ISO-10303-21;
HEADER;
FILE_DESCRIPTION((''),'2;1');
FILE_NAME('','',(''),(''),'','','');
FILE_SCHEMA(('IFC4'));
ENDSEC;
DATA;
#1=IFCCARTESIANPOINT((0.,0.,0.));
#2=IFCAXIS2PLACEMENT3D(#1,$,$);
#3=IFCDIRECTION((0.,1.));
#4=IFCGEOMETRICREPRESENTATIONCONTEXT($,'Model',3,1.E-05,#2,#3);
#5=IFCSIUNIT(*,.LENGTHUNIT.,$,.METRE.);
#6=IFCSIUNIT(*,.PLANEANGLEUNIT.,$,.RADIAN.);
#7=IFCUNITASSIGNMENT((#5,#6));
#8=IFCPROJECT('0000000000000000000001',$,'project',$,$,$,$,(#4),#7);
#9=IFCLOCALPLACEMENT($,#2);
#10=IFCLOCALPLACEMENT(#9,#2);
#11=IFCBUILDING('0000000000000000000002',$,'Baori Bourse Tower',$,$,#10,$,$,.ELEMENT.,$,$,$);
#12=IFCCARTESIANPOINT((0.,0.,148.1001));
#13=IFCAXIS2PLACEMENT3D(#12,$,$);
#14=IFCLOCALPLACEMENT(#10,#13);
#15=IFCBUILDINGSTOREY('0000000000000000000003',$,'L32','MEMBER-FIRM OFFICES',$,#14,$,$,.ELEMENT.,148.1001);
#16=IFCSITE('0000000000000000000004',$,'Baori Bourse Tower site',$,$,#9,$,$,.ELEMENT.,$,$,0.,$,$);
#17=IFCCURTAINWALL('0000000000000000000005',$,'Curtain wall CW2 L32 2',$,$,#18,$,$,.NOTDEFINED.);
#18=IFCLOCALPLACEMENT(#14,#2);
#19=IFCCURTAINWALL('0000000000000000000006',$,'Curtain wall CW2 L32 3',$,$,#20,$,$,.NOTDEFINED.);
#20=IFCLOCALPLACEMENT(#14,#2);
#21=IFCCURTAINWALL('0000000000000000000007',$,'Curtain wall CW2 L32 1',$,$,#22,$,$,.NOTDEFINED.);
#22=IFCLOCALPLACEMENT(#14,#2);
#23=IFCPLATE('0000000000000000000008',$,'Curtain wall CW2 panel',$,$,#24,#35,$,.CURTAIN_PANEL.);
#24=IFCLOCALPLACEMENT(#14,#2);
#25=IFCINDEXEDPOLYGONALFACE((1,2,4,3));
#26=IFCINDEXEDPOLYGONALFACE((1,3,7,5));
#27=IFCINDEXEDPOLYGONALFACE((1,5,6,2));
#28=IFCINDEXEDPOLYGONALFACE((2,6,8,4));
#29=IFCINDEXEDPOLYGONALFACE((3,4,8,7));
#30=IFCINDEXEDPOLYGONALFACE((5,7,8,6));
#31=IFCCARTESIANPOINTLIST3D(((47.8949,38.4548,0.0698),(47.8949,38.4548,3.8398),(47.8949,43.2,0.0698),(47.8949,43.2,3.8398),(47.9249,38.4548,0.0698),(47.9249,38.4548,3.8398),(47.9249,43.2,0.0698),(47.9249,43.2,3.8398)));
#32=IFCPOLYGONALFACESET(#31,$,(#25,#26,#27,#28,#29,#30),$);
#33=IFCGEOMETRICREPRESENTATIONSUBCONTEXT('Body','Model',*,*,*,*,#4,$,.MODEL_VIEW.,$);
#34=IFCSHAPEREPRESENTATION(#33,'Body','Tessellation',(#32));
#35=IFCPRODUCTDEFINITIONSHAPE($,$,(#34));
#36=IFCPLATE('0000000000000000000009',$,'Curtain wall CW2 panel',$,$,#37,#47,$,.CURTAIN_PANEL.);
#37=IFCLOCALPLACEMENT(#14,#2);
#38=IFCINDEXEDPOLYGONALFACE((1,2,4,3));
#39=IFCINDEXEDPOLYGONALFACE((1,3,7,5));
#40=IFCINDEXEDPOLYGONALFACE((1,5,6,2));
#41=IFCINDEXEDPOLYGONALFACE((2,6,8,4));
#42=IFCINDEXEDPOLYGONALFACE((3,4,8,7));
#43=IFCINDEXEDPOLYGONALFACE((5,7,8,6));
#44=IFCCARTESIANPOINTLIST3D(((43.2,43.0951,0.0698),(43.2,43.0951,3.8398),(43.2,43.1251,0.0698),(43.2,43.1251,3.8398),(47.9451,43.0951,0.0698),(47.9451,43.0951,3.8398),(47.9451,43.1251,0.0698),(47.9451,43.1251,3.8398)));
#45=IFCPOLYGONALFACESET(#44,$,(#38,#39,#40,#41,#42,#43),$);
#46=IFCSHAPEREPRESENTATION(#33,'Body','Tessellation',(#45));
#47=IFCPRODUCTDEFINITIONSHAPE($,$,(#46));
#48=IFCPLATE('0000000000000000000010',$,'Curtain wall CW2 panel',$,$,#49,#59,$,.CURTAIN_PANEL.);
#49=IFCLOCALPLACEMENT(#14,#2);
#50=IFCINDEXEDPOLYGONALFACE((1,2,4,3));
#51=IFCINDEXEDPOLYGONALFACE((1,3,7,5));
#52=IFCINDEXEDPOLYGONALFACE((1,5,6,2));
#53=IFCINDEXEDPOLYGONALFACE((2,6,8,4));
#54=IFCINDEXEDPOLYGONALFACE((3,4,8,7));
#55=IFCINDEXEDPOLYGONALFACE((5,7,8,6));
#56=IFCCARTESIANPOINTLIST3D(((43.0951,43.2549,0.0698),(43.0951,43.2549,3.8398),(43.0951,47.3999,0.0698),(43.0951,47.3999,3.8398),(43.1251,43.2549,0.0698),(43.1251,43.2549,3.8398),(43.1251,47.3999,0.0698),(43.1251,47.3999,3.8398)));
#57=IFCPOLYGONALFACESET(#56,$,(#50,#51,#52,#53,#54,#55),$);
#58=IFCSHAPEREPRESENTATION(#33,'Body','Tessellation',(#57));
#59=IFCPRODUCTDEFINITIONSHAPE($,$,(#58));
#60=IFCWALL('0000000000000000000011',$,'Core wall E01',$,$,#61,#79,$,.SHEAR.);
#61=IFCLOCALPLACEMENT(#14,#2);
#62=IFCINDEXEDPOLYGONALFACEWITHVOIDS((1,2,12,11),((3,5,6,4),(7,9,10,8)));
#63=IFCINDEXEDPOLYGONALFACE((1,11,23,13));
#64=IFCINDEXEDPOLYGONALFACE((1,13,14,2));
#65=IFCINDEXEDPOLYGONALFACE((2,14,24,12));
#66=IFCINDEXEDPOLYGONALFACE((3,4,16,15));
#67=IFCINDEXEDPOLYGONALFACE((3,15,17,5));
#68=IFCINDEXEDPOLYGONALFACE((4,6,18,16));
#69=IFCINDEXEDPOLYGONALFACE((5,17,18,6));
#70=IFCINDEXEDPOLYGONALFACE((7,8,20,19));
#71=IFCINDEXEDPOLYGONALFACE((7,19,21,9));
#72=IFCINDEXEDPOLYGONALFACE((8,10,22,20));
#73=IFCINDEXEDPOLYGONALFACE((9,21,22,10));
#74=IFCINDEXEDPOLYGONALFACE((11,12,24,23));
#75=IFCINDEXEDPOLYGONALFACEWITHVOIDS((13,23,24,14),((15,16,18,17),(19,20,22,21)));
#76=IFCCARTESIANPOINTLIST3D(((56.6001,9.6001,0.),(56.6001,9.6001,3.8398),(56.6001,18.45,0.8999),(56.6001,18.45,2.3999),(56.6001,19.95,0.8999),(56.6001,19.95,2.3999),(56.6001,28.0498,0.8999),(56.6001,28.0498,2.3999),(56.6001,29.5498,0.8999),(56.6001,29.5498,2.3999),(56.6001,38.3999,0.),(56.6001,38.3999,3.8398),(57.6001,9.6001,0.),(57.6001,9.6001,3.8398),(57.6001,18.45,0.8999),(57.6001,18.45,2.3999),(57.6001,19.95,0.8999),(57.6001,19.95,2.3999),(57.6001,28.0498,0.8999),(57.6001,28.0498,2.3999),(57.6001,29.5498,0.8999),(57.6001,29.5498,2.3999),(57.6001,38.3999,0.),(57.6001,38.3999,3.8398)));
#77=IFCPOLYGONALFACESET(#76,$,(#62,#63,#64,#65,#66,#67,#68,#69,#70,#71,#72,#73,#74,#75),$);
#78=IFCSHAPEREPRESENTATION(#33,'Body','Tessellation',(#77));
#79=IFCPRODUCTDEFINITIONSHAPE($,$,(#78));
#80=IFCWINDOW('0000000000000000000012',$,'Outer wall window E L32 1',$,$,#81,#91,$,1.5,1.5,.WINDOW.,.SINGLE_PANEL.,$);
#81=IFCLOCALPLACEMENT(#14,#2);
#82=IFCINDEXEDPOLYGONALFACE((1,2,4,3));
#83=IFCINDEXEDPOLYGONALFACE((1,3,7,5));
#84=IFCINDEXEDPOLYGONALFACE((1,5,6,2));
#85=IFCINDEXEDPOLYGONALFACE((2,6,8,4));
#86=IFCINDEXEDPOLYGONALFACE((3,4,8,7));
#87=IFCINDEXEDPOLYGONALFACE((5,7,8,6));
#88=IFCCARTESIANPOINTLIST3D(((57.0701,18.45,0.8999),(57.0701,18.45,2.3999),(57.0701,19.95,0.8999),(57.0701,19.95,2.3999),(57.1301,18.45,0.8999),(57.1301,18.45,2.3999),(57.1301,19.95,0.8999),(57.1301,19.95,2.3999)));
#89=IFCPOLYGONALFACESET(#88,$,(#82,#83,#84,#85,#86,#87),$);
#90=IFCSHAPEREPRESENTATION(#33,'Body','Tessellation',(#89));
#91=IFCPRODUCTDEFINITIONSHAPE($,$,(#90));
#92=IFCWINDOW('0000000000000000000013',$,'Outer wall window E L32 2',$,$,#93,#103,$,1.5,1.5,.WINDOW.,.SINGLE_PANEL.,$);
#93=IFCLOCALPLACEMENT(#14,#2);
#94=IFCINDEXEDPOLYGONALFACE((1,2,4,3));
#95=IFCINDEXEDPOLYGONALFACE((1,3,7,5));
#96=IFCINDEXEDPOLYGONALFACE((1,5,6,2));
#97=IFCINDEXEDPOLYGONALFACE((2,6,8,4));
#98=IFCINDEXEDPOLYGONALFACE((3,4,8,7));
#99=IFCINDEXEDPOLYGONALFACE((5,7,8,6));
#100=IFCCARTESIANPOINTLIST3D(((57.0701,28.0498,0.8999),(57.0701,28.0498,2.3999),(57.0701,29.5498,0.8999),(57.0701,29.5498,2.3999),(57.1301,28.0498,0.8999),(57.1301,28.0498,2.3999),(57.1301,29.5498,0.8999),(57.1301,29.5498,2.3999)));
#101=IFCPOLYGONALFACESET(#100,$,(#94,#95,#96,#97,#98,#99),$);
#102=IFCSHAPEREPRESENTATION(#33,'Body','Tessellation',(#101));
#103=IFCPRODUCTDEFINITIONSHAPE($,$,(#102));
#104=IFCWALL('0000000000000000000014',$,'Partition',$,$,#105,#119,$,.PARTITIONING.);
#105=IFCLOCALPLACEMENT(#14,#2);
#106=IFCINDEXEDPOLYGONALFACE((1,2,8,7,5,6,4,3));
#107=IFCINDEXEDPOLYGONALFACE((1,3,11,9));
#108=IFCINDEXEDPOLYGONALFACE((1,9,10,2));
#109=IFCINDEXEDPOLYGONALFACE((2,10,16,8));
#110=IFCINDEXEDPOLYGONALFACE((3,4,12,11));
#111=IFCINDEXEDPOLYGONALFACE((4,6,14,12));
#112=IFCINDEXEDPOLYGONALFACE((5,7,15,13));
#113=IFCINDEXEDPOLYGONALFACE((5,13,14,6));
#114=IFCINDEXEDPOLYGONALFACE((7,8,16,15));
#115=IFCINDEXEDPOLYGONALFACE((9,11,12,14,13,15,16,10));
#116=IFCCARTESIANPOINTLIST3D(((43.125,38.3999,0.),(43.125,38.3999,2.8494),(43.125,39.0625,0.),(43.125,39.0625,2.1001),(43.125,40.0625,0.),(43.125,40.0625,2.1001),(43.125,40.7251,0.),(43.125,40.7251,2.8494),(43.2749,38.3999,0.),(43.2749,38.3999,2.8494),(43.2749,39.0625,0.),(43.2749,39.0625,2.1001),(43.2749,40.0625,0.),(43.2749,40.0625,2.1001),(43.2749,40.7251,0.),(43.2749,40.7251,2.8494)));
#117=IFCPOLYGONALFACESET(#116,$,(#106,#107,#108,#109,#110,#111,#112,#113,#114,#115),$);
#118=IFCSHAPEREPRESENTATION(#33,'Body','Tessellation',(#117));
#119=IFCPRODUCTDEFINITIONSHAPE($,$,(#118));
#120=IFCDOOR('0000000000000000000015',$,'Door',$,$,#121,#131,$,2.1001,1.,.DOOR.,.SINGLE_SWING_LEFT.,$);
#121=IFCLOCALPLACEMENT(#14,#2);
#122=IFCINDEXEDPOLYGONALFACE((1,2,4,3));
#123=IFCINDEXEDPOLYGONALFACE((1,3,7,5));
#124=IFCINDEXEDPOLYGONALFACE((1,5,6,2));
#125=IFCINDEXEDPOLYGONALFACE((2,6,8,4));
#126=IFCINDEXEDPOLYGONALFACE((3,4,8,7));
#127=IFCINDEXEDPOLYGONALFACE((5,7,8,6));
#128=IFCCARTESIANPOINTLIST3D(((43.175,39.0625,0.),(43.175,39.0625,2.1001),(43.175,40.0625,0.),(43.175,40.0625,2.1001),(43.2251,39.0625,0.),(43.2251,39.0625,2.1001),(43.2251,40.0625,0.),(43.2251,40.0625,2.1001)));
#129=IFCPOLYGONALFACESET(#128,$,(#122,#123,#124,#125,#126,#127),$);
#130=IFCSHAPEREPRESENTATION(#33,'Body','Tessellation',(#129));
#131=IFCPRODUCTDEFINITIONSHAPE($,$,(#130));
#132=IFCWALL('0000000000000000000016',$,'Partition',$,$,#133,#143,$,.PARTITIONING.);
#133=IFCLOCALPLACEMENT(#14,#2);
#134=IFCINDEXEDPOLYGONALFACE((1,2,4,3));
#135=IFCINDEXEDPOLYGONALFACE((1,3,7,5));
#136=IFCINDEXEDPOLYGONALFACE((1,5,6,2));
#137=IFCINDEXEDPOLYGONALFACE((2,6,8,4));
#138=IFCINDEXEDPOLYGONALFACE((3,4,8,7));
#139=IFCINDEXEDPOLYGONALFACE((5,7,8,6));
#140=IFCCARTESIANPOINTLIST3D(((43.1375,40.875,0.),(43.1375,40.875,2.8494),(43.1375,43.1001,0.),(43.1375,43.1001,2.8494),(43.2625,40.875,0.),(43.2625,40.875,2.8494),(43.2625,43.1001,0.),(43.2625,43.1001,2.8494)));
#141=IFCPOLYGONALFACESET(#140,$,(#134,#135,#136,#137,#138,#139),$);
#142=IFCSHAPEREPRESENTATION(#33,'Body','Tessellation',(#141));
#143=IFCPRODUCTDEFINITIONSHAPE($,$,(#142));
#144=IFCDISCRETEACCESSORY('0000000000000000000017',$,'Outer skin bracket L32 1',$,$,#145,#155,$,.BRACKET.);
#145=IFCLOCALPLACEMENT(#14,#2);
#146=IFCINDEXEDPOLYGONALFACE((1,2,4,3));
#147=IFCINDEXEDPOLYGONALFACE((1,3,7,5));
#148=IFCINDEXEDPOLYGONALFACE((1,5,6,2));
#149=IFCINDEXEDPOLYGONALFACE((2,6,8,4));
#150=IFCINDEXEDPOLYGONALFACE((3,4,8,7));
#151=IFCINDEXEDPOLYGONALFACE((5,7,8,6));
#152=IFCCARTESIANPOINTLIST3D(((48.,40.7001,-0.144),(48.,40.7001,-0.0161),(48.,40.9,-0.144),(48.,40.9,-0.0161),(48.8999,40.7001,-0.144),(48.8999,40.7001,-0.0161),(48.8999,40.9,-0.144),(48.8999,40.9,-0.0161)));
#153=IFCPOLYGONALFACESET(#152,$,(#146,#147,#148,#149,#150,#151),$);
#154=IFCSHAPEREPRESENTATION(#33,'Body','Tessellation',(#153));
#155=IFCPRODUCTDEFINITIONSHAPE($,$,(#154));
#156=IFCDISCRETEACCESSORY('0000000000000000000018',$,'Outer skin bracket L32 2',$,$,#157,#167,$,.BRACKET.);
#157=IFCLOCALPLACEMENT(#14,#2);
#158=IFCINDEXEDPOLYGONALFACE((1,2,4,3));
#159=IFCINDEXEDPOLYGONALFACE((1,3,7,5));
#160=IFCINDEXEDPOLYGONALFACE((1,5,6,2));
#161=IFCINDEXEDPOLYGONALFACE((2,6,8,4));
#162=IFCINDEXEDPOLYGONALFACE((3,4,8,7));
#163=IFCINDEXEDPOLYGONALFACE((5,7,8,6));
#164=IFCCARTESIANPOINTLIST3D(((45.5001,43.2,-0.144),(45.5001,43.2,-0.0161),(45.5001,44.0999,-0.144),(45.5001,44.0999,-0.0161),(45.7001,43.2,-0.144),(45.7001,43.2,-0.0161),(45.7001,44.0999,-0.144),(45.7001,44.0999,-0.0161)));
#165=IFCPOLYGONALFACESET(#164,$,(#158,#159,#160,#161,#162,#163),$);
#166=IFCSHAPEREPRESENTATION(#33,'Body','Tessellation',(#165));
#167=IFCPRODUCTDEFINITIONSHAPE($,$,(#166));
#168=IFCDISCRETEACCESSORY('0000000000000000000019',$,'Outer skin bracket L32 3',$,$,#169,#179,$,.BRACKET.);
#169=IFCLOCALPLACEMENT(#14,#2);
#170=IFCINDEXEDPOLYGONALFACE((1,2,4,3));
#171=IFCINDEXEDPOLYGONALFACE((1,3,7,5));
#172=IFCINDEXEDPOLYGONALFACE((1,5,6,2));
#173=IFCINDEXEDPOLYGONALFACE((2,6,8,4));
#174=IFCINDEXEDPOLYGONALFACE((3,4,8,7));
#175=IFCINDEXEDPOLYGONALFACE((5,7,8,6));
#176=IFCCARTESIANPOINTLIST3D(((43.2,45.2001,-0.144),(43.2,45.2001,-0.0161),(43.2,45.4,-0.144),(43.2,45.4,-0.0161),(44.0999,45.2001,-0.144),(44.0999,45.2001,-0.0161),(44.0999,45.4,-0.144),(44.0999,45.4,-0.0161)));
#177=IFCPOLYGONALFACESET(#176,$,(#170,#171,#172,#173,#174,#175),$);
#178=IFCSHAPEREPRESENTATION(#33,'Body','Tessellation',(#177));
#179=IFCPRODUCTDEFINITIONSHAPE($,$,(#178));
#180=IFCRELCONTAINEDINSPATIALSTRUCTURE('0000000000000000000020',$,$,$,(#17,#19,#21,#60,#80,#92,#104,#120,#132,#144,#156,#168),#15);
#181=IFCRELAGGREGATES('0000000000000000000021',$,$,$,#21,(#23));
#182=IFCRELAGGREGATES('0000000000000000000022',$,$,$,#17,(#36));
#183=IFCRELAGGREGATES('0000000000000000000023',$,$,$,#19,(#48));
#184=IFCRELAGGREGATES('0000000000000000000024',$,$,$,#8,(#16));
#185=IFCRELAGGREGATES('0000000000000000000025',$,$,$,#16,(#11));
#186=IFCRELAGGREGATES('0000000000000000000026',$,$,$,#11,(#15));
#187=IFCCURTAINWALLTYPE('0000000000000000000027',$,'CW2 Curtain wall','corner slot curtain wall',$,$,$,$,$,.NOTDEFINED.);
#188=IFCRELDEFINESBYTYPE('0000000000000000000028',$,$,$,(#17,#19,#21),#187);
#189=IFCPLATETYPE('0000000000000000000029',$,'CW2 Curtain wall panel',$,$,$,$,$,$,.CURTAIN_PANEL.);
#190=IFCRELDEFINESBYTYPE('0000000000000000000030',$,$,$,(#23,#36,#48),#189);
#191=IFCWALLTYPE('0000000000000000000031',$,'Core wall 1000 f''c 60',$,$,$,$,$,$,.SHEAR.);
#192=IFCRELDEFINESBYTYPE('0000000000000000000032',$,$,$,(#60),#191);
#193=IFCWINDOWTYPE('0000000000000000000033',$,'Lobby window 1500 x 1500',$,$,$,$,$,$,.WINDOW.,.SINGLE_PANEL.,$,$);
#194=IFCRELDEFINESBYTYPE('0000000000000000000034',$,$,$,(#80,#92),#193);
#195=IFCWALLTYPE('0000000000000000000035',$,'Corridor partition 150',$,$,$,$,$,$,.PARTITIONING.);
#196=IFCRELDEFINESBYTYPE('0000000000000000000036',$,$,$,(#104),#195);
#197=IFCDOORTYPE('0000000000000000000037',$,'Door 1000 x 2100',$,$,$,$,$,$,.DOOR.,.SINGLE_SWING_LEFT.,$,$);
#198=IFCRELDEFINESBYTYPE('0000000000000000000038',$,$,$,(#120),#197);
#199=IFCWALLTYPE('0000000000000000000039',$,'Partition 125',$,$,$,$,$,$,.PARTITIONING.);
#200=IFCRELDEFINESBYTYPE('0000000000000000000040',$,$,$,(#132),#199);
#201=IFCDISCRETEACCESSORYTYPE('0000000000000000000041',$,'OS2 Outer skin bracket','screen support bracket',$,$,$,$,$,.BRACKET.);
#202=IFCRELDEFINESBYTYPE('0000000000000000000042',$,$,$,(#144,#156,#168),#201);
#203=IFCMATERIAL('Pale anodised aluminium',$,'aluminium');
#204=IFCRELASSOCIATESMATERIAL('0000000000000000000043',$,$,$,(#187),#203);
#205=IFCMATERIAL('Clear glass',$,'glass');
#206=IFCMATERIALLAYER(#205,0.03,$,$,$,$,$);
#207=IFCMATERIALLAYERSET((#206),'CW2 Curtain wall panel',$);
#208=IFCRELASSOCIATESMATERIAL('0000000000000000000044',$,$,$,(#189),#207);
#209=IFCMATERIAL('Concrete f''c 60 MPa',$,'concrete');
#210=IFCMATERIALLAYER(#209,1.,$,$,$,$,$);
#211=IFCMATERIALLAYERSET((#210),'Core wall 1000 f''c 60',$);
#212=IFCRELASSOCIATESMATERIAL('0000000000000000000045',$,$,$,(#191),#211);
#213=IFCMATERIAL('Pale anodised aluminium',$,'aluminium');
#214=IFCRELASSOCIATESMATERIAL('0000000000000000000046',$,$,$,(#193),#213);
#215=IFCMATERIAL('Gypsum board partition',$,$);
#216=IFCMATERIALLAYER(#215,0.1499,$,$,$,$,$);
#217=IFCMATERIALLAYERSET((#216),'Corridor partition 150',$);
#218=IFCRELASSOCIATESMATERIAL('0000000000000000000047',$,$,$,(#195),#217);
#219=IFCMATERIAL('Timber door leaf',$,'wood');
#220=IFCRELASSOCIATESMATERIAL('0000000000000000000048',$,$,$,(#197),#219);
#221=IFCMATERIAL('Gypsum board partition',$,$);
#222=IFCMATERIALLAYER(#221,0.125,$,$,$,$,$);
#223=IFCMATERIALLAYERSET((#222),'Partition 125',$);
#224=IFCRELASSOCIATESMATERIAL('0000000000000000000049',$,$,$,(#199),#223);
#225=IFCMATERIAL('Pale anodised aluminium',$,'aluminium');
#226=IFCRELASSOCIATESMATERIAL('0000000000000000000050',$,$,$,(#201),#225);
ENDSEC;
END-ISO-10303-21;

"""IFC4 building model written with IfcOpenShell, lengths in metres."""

from ifc_helpers import new_model, si_unit, direction, frame, frame_2d, origin, origin_2d, place, context, subcontext, project, spatial, rectangle, extrude, material, layer, layer_set, type_object, element, fill, aggregate, save


model = new_model("IFC4")

# Units and contexts
model_context = context("Model", 3, precision=1e-05, world=origin(), true_north=direction((0.0, 1.0)))
body_context = subcontext(model_context, "Body", "Model", "MODEL_VIEW")
ifc_project = project(units=[si_unit("LENGTHUNIT", "METRE"), si_unit("PLANEANGLEUNIT", "RADIAN")], contexts=[model_context])

# Site, building, storey
site_placement = place(None, origin())
site = spatial("IfcSite", under=ifc_project, at=site_placement, Name="Baori Bourse Tower site", CompositionType="ELEMENT", RefElevation=0.0)
building_placement = place(site_placement, origin())
building = spatial("IfcBuilding", under=site, at=building_placement, Name="Baori Bourse Tower", CompositionType="ELEMENT")
storey_placement = place(building_placement, frame((0.0, 0.0, 148.1001)))
storey = spatial("IfcBuildingStorey", under=building, at=storey_placement, Name="L32", Description="MEMBER-FIRM OFFICES", CompositionType="ELEMENT", Elevation=148.1001)

# Curtain walls
ifc_material_1 = material(Name="Pale anodised aluminium", Category="aluminium")
curtain_wall_type_1 = type_object("IfcCurtainWallType", Name="CW2 Curtain wall", Description="corner slot curtain wall", PredefinedType="NOTDEFINED", material=ifc_material_1)
curtain_wall_1_placement = place(storey_placement, origin())
curtain_wall_1 = element("IfcCurtainWall", 1, at=curtain_wall_1_placement, inside=storey, type_object=curtain_wall_type_1, Name="Curtain wall CW2 L32 2", PredefinedType="NOTDEFINED")
curtain_wall_2_placement = place(storey_placement, origin())
curtain_wall_2 = element("IfcCurtainWall", 2, at=curtain_wall_2_placement, inside=storey, type_object=curtain_wall_type_1, Name="Curtain wall CW2 L32 3", PredefinedType="NOTDEFINED")
curtain_wall_3_placement = place(storey_placement, origin())
curtain_wall_3 = element("IfcCurtainWall", 3, at=curtain_wall_3_placement, inside=storey, type_object=curtain_wall_type_1, Name="Curtain wall CW2 L32 1", PredefinedType="NOTDEFINED")

# Plates
ifc_material_2 = material(Name="Clear glass", Category="glass")
ifc_layer_1 = layer(ifc_material_2, 0.03)
ifc_layer_set_1 = layer_set([ifc_layer_1], Name="CW2 Curtain wall panel")
plate_type = type_object("IfcPlateType", Name="CW2 Curtain wall panel", PredefinedType="CURTAIN_PANEL", material=ifc_layer_set_1)
plate_1_placement = place(storey_placement, frame((47.9099, 40.8274, 0.0698), z_axis=(0.0, 0.0, 1.0), x_axis=(0.0, 1.0, 0.0)))
plate_1 = element("IfcPlate", 4, at=plate_1_placement, type_object=plate_type, Name="Curtain wall CW2 panel", PredefinedType="CURTAIN_PANEL", context=body_context, shape_type="SweptSolid", body=[
    extrude(rectangle(XDim=4.7451, YDim=0.03, at=origin_2d()), origin(), (0.0, 0.0, 1.0), 3.77),
])
aggregate(curtain_wall_3, [plate_1])
plate_2_placement = place(storey_placement, frame((45.5725, 43.1101, 0.0698), z_axis=(0.0, 0.0, 1.0), x_axis=(-1.0, 0.0, 0.0)))
plate_2 = element("IfcPlate", 5, at=plate_2_placement, type_object=plate_type, Name="Curtain wall CW2 panel", PredefinedType="CURTAIN_PANEL", context=body_context, shape_type="SweptSolid", body=[
    extrude(rectangle(XDim=4.7451, YDim=0.03, at=origin_2d()), origin(), (0.0, 0.0, 1.0), 3.77),
])
aggregate(curtain_wall_1, [plate_2])
plate_3_placement = place(storey_placement, frame((43.1101, 45.3274, 0.0698), z_axis=(0.0, 0.0, 1.0), x_axis=(0.0, 1.0, 0.0)))
plate_3 = element("IfcPlate", 6, at=plate_3_placement, type_object=plate_type, Name="Curtain wall CW2 panel", PredefinedType="CURTAIN_PANEL", context=body_context, shape_type="SweptSolid", body=[
    extrude(rectangle(XDim=4.145, YDim=0.03, at=origin_2d()), origin(), (0.0, 0.0, 1.0), 3.77),
])
aggregate(curtain_wall_2, [plate_3])

# Wall, openings, windows
ifc_material_3 = material(Name="Concrete f'c 60 MPa", Category="concrete")
ifc_layer_2 = layer(ifc_material_3, 1.0)
ifc_layer_set_2 = layer_set([ifc_layer_2], Name="Core wall 1000 f'c 60")
wall_type_1 = type_object("IfcWallType", Name="Core wall 1000 f'c 60", PredefinedType="SHEAR", material=ifc_layer_set_2)
wall_1_placement = place(storey_placement, frame((57.1001, 38.3999, 0.0), z_axis=(0.0, 0.0, 1.0), x_axis=(0.0, -1.0, 0.0)))
wall_1 = element("IfcWall", 7, at=wall_1_placement, inside=storey, type_object=wall_type_1, Name="Core wall E01", PredefinedType="SHEAR", context=body_context, shape_type="SweptSolid", body=[
    extrude(rectangle(XDim=28.7998, YDim=1.0, at=frame_2d((14.3999, 0.0))), origin(), (0.0, 0.0, 1.0), 3.8398),
])
opening_1_placement = place(wall_1_placement, frame((18.45, 0.0, 0.8999)))
opening_1 = element("IfcOpeningElement", 8, at=opening_1_placement, cuts=wall_1, PredefinedType="OPENING", context=body_context, shape_type="SweptSolid", body=[
    extrude(rectangle(XDim=1.5, YDim=1.5, at=frame_2d((0.75, 0.75))), frame((0.0, 0.51, 0.0), z_axis=(0.0, -1.0, 0.0), x_axis=(1.0, 0.0, 0.0)), (0.0, 0.0, 1.0), 1.02),
])
opening_2_placement = place(wall_1_placement, frame((8.8501, 0.0, 0.8999)))
opening_2 = element("IfcOpeningElement", 9, at=opening_2_placement, cuts=wall_1, PredefinedType="OPENING", context=body_context, shape_type="SweptSolid", body=[
    extrude(rectangle(XDim=1.5, YDim=1.5, at=frame_2d((0.75, 0.75))), frame((0.0, 0.51, 0.0), z_axis=(0.0, -1.0, 0.0), x_axis=(1.0, 0.0, 0.0)), (0.0, 0.0, 1.0), 1.02),
])
ifc_material_4 = material(Name="Pale anodised aluminium", Category="aluminium")
window_type = type_object("IfcWindowType", Name="Lobby window 1500 x 1500", PartitioningType="SINGLE_PANEL", PredefinedType="WINDOW", material=ifc_material_4)
window_1_placement = place(opening_1_placement, origin())
window_1 = element("IfcWindow", 10, at=window_1_placement, inside=storey, type_object=window_type, Name="Outer wall window E L32 1", OverallHeight=1.5, OverallWidth=1.5, PartitioningType="SINGLE_PANEL", PredefinedType="WINDOW", context=body_context, shape_type="SweptSolid", body=[
    extrude(rectangle(XDim=1.5, YDim=1.5, at=frame_2d((0.75, 0.75))), frame((0.0, 0.03, 0.0), z_axis=(0.0, -1.0, 0.0), x_axis=(1.0, 0.0, 0.0)), (0.0, 0.0, 1.0), 0.0601),
])
fill(opening_1, window_1)
window_2_placement = place(opening_2_placement, origin())
window_2 = element("IfcWindow", 11, at=window_2_placement, inside=storey, type_object=window_type, Name="Outer wall window E L32 2", OverallHeight=1.5, OverallWidth=1.5, PartitioningType="SINGLE_PANEL", PredefinedType="WINDOW", context=body_context, shape_type="SweptSolid", body=[
    extrude(rectangle(XDim=1.5, YDim=1.5, at=frame_2d((0.75, 0.75))), frame((0.0, 0.03, 0.0), z_axis=(0.0, -1.0, 0.0), x_axis=(1.0, 0.0, 0.0)), (0.0, 0.0, 1.0), 0.0601),
])
fill(opening_2, window_2)

# Wall, opening, door
ifc_material_5 = material(Name="Gypsum board partition")
ifc_layer_3 = layer(ifc_material_5, 0.1499)
ifc_layer_set_3 = layer_set([ifc_layer_3], Name="Corridor partition 150")
wall_type_2 = type_object("IfcWallType", Name="Corridor partition 150", PredefinedType="PARTITIONING", material=ifc_layer_set_3)
wall_2_placement = place(storey_placement, frame((43.2, 38.3999, 0.0), z_axis=(0.0, 0.0, 1.0), x_axis=(0.0, 1.0, 0.0)))
wall_2 = element("IfcWall", 12, at=wall_2_placement, inside=storey, type_object=wall_type_2, Name="Partition", PredefinedType="PARTITIONING", context=body_context, shape_type="SweptSolid", body=[
    extrude(rectangle(XDim=2.3252, YDim=0.1499, at=frame_2d((1.1626, 0.0))), origin(), (0.0, 0.0, 1.0), 2.8494),
])
opening_3_placement = place(wall_2_placement, frame((0.6626, 0.0, 0.0)))
opening_3 = element("IfcOpeningElement", 13, at=opening_3_placement, cuts=wall_2, PredefinedType="OPENING", context=body_context, shape_type="SweptSolid", body=[
    extrude(rectangle(XDim=1.0, YDim=2.1001, at=frame_2d((0.5, 1.05))), frame((0.0, 0.085, 0.0), z_axis=(0.0, -1.0, 0.0), x_axis=(1.0, 0.0, 0.0)), (0.0, 0.0, 1.0), 0.1699),
])
ifc_material_6 = material(Name="Timber door leaf", Category="wood")
door_type = type_object("IfcDoorType", Name="Door 1000 x 2100", OperationType="SINGLE_SWING_LEFT", PredefinedType="DOOR", material=ifc_material_6)
door_placement = place(opening_3_placement, origin())
door = element("IfcDoor", 14, at=door_placement, inside=storey, type_object=door_type, Name="Door", OperationType="SINGLE_SWING_LEFT", OverallHeight=2.1001, OverallWidth=1.0, PredefinedType="DOOR", context=body_context, shape_type="SweptSolid", body=[
    extrude(rectangle(XDim=1.0, YDim=2.1001, at=frame_2d((0.5, 1.05))), frame((0.0, 0.0249, 0.0), z_axis=(0.0, -1.0, 0.0), x_axis=(1.0, 0.0, 0.0)), (0.0, 0.0, 1.0), 0.05),
])
fill(opening_3, door)

# Wall
ifc_material_7 = material(Name="Gypsum board partition")
ifc_layer_4 = layer(ifc_material_7, 0.125)
ifc_layer_set_4 = layer_set([ifc_layer_4], Name="Partition 125")
wall_type_3 = type_object("IfcWallType", Name="Partition 125", PredefinedType="PARTITIONING", material=ifc_layer_set_4)
wall_3_placement = place(storey_placement, frame((43.2, 40.875, 0.0), z_axis=(0.0, 0.0, 1.0), x_axis=(0.0, 1.0, 0.0)))
element("IfcWall", 15, at=wall_3_placement, inside=storey, type_object=wall_type_3, Name="Partition", PredefinedType="PARTITIONING", context=body_context, shape_type="SweptSolid", body=[
    extrude(rectangle(XDim=2.2251, YDim=0.125, at=frame_2d((1.1125, 0.0))), origin(), (0.0, 0.0, 1.0), 2.8494),
])

# Discrete accessories
ifc_material_8 = material(Name="Pale anodised aluminium", Category="aluminium")
discrete_accessory_type = type_object("IfcDiscreteAccessoryType", Name="OS2 Outer skin bracket", Description="screen support bracket", PredefinedType="BRACKET", material=ifc_material_8)
for number, where, z_axis, x_axis, name in (
    (16, (48.45, 40.8, -0.144), (0.0, 0.0, 1.0), (0.0, 1.0, 0.0), "Outer skin bracket L32 1"),
    (17, (45.6001, 43.6499, -0.144), (0.0, 0.0, 1.0), (-1.0, 0.0, 0.0), "Outer skin bracket L32 2"),
    (18, (43.6499, 45.3, -0.144), (0.0, 0.0, 1.0), (0.0, 1.0, 0.0), "Outer skin bracket L32 3"),
):
    element("IfcDiscreteAccessory", number, at=place(storey_placement, frame(where, z_axis=z_axis, x_axis=x_axis)), inside=storey, type_object=discrete_accessory_type, Name=name, PredefinedType="BRACKET", context=body_context, shape_type="SweptSolid", body=[
        extrude(rectangle(XDim=0.2, YDim=0.8999, at=origin_2d()), origin(), (0.0, 0.0, 1.0), 0.1279),
    ])

save(model, "model.ifc")
